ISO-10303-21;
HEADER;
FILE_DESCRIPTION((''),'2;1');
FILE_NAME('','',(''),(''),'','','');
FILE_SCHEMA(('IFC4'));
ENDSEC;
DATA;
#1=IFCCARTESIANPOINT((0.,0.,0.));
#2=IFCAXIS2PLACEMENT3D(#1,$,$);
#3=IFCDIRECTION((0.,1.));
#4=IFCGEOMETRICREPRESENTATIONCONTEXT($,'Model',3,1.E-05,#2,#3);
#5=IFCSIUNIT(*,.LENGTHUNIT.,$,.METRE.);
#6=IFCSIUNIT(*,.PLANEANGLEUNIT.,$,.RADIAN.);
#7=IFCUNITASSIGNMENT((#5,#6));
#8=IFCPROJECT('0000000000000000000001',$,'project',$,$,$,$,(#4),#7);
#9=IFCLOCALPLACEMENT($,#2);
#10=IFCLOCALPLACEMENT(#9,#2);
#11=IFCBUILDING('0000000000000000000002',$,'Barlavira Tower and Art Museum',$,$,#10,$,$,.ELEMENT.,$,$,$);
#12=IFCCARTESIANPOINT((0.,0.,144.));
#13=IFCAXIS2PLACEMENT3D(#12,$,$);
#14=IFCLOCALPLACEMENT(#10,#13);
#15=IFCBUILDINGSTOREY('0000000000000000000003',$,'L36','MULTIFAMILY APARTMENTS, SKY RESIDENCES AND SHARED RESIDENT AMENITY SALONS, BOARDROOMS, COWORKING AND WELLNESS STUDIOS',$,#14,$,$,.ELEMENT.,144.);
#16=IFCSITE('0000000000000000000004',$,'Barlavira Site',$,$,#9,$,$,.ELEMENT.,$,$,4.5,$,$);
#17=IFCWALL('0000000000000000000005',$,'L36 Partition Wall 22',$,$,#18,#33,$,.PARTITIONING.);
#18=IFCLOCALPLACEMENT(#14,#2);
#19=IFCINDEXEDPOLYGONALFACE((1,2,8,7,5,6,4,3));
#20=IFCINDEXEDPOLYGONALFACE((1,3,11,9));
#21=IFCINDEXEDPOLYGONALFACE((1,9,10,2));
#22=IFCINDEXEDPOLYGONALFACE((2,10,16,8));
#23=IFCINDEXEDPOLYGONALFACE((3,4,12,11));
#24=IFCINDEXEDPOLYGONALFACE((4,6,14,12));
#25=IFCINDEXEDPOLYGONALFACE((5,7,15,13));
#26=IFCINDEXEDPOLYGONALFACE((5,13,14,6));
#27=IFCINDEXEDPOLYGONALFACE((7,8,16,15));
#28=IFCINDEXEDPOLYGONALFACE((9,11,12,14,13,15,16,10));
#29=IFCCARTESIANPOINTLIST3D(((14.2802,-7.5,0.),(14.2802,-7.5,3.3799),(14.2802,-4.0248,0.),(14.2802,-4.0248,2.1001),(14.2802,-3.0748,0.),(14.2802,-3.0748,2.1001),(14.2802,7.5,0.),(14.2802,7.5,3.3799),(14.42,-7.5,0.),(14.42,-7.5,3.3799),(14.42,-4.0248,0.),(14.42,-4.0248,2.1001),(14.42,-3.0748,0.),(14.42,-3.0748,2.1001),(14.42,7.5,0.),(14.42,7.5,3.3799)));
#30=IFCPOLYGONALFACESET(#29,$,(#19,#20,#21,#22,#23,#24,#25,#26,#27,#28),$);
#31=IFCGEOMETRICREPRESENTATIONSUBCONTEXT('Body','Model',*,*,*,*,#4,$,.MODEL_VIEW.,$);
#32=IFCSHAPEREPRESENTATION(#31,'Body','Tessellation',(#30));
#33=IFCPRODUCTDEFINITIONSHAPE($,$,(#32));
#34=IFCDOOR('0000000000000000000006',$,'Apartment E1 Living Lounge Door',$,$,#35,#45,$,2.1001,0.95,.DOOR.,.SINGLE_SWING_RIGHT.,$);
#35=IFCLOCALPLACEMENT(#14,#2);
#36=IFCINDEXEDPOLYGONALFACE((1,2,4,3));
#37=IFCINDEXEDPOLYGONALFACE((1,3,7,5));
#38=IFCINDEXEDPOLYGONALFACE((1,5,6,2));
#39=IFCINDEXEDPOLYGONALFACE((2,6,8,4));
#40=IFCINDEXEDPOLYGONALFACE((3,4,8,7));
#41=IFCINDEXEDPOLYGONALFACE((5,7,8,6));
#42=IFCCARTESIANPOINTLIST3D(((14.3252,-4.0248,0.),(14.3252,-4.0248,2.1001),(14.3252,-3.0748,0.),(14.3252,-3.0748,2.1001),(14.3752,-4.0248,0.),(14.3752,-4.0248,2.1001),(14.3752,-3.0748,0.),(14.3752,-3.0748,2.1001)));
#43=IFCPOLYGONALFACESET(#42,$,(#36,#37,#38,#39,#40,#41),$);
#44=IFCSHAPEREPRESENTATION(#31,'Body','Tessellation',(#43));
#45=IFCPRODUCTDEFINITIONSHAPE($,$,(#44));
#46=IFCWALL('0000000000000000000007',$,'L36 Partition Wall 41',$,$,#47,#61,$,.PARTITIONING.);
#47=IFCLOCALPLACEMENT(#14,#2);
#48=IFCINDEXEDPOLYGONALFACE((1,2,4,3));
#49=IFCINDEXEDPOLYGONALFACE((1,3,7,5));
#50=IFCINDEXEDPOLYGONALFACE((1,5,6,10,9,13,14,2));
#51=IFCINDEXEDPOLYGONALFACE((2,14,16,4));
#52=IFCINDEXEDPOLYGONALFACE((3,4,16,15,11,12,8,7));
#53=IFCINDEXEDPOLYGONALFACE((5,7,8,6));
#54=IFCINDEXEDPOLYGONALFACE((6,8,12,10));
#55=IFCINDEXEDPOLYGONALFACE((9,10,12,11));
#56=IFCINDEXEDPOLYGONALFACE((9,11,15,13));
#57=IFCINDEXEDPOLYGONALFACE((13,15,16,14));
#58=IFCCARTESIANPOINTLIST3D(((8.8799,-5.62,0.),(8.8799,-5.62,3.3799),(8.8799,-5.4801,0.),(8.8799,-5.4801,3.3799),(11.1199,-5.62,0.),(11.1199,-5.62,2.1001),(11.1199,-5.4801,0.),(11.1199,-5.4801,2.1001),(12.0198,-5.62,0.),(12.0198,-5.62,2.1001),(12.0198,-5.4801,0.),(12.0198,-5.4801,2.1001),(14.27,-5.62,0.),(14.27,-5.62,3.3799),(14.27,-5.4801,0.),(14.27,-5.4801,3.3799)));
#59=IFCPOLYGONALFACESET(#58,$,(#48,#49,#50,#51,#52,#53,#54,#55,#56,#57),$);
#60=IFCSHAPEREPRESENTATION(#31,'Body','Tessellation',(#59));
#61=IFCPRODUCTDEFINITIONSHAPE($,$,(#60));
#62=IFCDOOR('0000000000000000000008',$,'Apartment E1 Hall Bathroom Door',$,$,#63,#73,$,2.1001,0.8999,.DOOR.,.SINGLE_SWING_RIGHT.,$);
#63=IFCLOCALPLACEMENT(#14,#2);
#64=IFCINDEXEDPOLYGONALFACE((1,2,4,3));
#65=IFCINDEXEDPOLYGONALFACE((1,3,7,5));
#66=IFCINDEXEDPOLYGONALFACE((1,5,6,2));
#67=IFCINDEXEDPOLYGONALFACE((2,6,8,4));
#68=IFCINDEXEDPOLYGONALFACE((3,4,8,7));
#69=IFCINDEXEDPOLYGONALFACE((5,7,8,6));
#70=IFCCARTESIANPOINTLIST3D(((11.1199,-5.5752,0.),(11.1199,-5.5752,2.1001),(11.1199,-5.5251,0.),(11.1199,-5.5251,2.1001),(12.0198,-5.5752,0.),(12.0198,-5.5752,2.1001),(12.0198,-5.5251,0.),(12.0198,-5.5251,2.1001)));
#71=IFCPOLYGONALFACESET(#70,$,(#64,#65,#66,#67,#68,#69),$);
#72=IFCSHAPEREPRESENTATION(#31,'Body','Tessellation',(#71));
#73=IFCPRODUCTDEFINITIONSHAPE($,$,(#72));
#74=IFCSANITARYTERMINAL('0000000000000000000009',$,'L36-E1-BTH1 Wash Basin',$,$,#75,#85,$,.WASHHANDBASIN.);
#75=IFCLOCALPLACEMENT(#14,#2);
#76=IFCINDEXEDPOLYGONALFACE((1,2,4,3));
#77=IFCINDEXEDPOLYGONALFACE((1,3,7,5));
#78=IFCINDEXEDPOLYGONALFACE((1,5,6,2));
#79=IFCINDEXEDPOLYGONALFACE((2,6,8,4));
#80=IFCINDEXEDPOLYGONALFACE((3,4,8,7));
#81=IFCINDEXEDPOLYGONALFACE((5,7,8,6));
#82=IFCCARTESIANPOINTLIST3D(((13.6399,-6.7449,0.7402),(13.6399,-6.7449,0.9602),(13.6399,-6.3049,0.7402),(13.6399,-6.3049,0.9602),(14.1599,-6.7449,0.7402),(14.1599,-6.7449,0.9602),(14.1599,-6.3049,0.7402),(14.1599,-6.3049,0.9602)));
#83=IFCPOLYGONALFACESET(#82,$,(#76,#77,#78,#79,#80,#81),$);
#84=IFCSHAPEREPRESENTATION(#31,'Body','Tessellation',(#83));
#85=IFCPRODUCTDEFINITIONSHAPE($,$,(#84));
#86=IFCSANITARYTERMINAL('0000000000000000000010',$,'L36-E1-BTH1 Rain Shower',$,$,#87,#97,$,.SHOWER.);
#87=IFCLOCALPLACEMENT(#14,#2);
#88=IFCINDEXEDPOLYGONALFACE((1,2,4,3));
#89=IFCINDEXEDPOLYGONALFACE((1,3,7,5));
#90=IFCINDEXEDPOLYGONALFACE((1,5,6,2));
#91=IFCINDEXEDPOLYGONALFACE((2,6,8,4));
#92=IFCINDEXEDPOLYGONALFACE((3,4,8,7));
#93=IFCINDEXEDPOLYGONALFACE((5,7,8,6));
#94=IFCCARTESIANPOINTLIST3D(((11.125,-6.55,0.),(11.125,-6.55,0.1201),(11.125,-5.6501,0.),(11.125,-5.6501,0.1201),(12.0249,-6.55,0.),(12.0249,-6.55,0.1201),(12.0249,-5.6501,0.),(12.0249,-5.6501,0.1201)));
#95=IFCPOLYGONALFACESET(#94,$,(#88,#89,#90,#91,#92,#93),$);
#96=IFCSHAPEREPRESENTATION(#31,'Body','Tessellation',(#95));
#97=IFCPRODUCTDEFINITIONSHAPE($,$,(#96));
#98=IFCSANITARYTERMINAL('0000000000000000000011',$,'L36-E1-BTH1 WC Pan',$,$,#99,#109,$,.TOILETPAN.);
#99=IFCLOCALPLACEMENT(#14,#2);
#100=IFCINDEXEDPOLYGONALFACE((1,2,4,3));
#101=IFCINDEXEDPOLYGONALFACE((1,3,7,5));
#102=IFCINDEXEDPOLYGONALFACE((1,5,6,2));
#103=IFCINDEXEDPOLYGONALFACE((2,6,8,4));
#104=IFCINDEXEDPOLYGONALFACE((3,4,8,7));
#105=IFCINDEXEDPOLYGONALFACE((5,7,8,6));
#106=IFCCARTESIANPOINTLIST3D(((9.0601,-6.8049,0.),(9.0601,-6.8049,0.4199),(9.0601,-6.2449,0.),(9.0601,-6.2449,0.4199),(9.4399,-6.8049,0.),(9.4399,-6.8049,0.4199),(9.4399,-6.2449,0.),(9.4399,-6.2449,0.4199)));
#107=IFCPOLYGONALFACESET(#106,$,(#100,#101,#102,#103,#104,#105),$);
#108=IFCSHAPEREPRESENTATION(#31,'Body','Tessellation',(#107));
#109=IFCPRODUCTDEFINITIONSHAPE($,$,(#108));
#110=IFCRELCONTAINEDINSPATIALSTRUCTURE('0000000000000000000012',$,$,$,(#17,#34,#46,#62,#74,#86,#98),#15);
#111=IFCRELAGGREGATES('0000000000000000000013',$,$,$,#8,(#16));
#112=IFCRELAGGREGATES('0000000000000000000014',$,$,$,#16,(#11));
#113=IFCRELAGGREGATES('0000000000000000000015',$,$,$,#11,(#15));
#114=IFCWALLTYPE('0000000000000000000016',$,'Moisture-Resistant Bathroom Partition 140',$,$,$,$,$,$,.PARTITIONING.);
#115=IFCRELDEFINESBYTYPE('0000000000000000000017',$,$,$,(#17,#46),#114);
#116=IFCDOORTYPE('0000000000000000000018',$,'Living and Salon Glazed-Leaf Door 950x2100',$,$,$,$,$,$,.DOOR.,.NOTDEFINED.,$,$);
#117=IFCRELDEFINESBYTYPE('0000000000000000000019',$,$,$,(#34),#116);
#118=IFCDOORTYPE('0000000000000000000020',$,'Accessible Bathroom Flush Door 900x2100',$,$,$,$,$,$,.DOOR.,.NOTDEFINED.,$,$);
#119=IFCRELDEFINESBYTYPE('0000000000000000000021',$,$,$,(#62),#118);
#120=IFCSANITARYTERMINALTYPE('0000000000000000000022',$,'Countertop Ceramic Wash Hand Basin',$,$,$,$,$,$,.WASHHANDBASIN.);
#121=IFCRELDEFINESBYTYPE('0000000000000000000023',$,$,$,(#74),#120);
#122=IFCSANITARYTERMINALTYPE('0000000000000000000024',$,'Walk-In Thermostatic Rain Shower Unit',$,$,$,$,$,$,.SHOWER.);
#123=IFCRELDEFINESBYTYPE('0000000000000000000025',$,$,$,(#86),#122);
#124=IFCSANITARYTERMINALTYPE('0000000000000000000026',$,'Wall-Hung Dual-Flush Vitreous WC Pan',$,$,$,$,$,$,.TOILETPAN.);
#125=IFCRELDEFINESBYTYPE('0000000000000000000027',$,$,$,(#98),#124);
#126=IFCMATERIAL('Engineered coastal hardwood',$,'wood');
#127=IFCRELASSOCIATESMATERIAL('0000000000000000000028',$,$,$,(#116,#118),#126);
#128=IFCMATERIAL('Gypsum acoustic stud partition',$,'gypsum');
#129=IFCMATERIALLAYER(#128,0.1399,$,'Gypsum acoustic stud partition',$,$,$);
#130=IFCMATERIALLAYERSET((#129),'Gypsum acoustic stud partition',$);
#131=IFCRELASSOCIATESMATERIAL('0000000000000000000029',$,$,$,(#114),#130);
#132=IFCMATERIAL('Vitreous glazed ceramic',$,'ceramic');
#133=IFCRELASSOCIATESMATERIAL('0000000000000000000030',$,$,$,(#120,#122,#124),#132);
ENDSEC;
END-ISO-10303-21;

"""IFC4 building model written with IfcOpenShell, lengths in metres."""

from ifc_helpers import new_model, si_unit, direction, frame, frame_2d, origin, origin_2d, place, context, subcontext, project, spatial, rectangle, extrude, material, layer, layer_set, type_object, element, fill, save


model = new_model("IFC4")

# Units and contexts
model_context = context("Model", 3, precision=1e-05, world=origin(), true_north=direction((0.0, 1.0)))
body_context = subcontext(model_context, "Body", "Model", "MODEL_VIEW")
ifc_project = project(units=[si_unit("LENGTHUNIT", "METRE"), si_unit("PLANEANGLEUNIT", "RADIAN")], contexts=[model_context])

# Site, building, storey
site_placement = place(None, origin())
site = spatial("IfcSite", under=ifc_project, at=site_placement, Name="Barlavira Site", CompositionType="ELEMENT", RefElevation=4.5)
building_placement = place(site_placement, origin())
building = spatial("IfcBuilding", under=site, at=building_placement, Name="Barlavira Tower and Art Museum", CompositionType="ELEMENT")
storey_placement = place(building_placement, frame((0.0, 0.0, 144.0)))
storey = spatial("IfcBuildingStorey", under=building, at=storey_placement, Name="L36", Description="MULTIFAMILY APARTMENTS, SKY RESIDENCES AND SHARED RESIDENT AMENITY SALONS, BOARDROOMS, COWORKING AND WELLNESS STUDIOS", CompositionType="ELEMENT", Elevation=144.0)

# Shared definitions
ifc_material_1 = material(Name="Gypsum acoustic stud partition", Category="gypsum")
ifc_material_2 = material(Name="Engineered coastal hardwood", Category="wood")
door_type_1 = type_object("IfcDoorType", Name="Living and Salon Glazed-Leaf Door 950x2100", OperationType="NOTDEFINED", PredefinedType="DOOR", material=ifc_material_2)

# Walls, openings, doors
ifc_layer_1 = layer(ifc_material_1, 0.1399, Name="Gypsum acoustic stud partition")
ifc_layer_set_1 = layer_set([ifc_layer_1], Name="Gypsum acoustic stud partition")
wall_type_1 = type_object("IfcWallType", Name="Moisture-Resistant Bathroom Partition 140", PredefinedType="PARTITIONING", material=ifc_layer_set_1)
wall_1_placement = place(storey_placement, frame((14.3501, -7.5, 0.0), z_axis=(0.0, 0.0, 1.0), x_axis=(0.0, 1.0, 0.0)))
wall_1 = element("IfcWall", 1, at=wall_1_placement, inside=storey, type_object=wall_type_1, Name="L36 Partition Wall 22", PredefinedType="PARTITIONING", context=body_context, shape_type="SweptSolid", body=[
    extrude(rectangle(XDim=15.0, YDim=0.1399, at=frame_2d((7.5, 0.0))), origin(), (0.0, 0.0, 1.0), 3.3799),
])
opening_1_placement = place(wall_1_placement, frame((3.4751, 0.0, 0.0)))
opening_1 = element("IfcOpeningElement", 2, at=opening_1_placement, cuts=wall_1, PredefinedType="OPENING", context=body_context, shape_type="SweptSolid", body=[
    extrude(rectangle(XDim=0.95, YDim=2.1001, at=frame_2d((0.4751, 1.05))), frame((0.0, 0.0801, 0.0), z_axis=(0.0, -1.0, 0.0), x_axis=(1.0, 0.0, 0.0)), (0.0, 0.0, 1.0), 0.1599),
])
door_1_placement = place(opening_1_placement, origin())
door_1 = element("IfcDoor", 3, at=door_1_placement, inside=storey, type_object=door_type_1, Name="Apartment E1 Living Lounge Door", OperationType="SINGLE_SWING_RIGHT", OverallHeight=2.1001, OverallWidth=0.95, PredefinedType="DOOR", context=body_context, shape_type="SweptSolid", body=[
    extrude(rectangle(XDim=0.95, YDim=2.1001, at=frame_2d((0.4751, 1.05))), frame((0.0, 0.0249, 0.0), z_axis=(0.0, -1.0, 0.0), x_axis=(1.0, 0.0, 0.0)), (0.0, 0.0, 1.0), 0.05),
])
fill(opening_1, door_1)
wall_2_placement = place(storey_placement, frame((8.8799, -5.55, 0.0), z_axis=(0.0, 0.0, 1.0), x_axis=(1.0, 0.0, 0.0)))
wall_2 = element("IfcWall", 4, at=wall_2_placement, inside=storey, type_object=wall_type_1, Name="L36 Partition Wall 41", PredefinedType="PARTITIONING", context=body_context, shape_type="SweptSolid", body=[
    extrude(rectangle(XDim=5.3901, YDim=0.1399, at=frame_2d((2.6951, 0.0))), origin(), (0.0, 0.0, 1.0), 3.3799),
])
opening_2_placement = place(wall_2_placement, frame((2.24, 0.0, 0.0)))
opening_2 = element("IfcOpeningElement", 5, at=opening_2_placement, cuts=wall_2, PredefinedType="OPENING", context=body_context, shape_type="SweptSolid", body=[
    extrude(rectangle(XDim=0.8999, YDim=2.1001, at=frame_2d((0.45, 1.05))), frame((0.0, 0.0801, 0.0), z_axis=(0.0, -1.0, 0.0), x_axis=(1.0, 0.0, 0.0)), (0.0, 0.0, 1.0), 0.1599),
])
door_type_2 = type_object("IfcDoorType", Name="Accessible Bathroom Flush Door 900x2100", OperationType="NOTDEFINED", PredefinedType="DOOR", material=ifc_material_2)
door_2_placement = place(opening_2_placement, origin())
door_2 = element("IfcDoor", 6, at=door_2_placement, inside=storey, type_object=door_type_2, Name="Apartment E1 Hall Bathroom Door", OperationType="SINGLE_SWING_RIGHT", OverallHeight=2.1001, OverallWidth=0.8999, PredefinedType="DOOR", context=body_context, shape_type="SweptSolid", body=[
    extrude(rectangle(XDim=0.8999, YDim=2.1001, at=frame_2d((0.45, 1.05))), frame((0.0, 0.0249, 0.0), z_axis=(0.0, -1.0, 0.0), x_axis=(1.0, 0.0, 0.0)), (0.0, 0.0, 1.0), 0.05),
])
fill(opening_2, door_2)

# Sanitary terminals
ifc_material_3 = material(Name="Vitreous glazed ceramic", Category="ceramic")
sanitary_terminal_type_1 = type_object("IfcSanitaryTerminalType", Name="Countertop Ceramic Wash Hand Basin", PredefinedType="WASHHANDBASIN", material=ifc_material_3)
sanitary_terminal_1_placement = place(storey_placement, frame((13.8999, -6.5249, 0.7402), z_axis=(0.0, 0.0, 1.0), x_axis=(1.0, 0.0, 0.0)))
element("IfcSanitaryTerminal", 7, at=sanitary_terminal_1_placement, inside=storey, type_object=sanitary_terminal_type_1, Name="L36-E1-BTH1 Wash Basin", PredefinedType="WASHHANDBASIN", context=body_context, shape_type="SweptSolid", body=[
    extrude(rectangle(XDim=0.52, YDim=0.4399, at=origin_2d()), origin(), (0.0, 0.0, 1.0), 0.22),
])
sanitary_terminal_type_2 = type_object("IfcSanitaryTerminalType", Name="Walk-In Thermostatic Rain Shower Unit", PredefinedType="SHOWER", material=ifc_material_3)
sanitary_terminal_2_placement = place(storey_placement, frame((11.575, -6.1001, 0.0), z_axis=(0.0, 0.0, 1.0), x_axis=(1.0, 0.0, 0.0)))
element("IfcSanitaryTerminal", 8, at=sanitary_terminal_2_placement, inside=storey, type_object=sanitary_terminal_type_2, Name="L36-E1-BTH1 Rain Shower", PredefinedType="SHOWER", context=body_context, shape_type="SweptSolid", body=[
    extrude(rectangle(XDim=0.8999, YDim=0.8999, at=origin_2d()), origin(), (0.0, 0.0, 1.0), 0.1201),
])
sanitary_terminal_type_3 = type_object("IfcSanitaryTerminalType", Name="Wall-Hung Dual-Flush Vitreous WC Pan", PredefinedType="TOILETPAN", material=ifc_material_3)
sanitary_terminal_3_placement = place(storey_placement, frame((9.25, -6.5249, 0.0), z_axis=(0.0, 0.0, 1.0), x_axis=(1.0, 0.0, 0.0)))
element("IfcSanitaryTerminal", 9, at=sanitary_terminal_3_placement, inside=storey, type_object=sanitary_terminal_type_3, Name="L36-E1-BTH1 WC Pan", PredefinedType="TOILETPAN", context=body_context, shape_type="SweptSolid", body=[
    extrude(rectangle(XDim=0.3799, YDim=0.5601, at=origin_2d()), origin(), (0.0, 0.0, 1.0), 0.4199),
])

save(model, "model.ifc")
